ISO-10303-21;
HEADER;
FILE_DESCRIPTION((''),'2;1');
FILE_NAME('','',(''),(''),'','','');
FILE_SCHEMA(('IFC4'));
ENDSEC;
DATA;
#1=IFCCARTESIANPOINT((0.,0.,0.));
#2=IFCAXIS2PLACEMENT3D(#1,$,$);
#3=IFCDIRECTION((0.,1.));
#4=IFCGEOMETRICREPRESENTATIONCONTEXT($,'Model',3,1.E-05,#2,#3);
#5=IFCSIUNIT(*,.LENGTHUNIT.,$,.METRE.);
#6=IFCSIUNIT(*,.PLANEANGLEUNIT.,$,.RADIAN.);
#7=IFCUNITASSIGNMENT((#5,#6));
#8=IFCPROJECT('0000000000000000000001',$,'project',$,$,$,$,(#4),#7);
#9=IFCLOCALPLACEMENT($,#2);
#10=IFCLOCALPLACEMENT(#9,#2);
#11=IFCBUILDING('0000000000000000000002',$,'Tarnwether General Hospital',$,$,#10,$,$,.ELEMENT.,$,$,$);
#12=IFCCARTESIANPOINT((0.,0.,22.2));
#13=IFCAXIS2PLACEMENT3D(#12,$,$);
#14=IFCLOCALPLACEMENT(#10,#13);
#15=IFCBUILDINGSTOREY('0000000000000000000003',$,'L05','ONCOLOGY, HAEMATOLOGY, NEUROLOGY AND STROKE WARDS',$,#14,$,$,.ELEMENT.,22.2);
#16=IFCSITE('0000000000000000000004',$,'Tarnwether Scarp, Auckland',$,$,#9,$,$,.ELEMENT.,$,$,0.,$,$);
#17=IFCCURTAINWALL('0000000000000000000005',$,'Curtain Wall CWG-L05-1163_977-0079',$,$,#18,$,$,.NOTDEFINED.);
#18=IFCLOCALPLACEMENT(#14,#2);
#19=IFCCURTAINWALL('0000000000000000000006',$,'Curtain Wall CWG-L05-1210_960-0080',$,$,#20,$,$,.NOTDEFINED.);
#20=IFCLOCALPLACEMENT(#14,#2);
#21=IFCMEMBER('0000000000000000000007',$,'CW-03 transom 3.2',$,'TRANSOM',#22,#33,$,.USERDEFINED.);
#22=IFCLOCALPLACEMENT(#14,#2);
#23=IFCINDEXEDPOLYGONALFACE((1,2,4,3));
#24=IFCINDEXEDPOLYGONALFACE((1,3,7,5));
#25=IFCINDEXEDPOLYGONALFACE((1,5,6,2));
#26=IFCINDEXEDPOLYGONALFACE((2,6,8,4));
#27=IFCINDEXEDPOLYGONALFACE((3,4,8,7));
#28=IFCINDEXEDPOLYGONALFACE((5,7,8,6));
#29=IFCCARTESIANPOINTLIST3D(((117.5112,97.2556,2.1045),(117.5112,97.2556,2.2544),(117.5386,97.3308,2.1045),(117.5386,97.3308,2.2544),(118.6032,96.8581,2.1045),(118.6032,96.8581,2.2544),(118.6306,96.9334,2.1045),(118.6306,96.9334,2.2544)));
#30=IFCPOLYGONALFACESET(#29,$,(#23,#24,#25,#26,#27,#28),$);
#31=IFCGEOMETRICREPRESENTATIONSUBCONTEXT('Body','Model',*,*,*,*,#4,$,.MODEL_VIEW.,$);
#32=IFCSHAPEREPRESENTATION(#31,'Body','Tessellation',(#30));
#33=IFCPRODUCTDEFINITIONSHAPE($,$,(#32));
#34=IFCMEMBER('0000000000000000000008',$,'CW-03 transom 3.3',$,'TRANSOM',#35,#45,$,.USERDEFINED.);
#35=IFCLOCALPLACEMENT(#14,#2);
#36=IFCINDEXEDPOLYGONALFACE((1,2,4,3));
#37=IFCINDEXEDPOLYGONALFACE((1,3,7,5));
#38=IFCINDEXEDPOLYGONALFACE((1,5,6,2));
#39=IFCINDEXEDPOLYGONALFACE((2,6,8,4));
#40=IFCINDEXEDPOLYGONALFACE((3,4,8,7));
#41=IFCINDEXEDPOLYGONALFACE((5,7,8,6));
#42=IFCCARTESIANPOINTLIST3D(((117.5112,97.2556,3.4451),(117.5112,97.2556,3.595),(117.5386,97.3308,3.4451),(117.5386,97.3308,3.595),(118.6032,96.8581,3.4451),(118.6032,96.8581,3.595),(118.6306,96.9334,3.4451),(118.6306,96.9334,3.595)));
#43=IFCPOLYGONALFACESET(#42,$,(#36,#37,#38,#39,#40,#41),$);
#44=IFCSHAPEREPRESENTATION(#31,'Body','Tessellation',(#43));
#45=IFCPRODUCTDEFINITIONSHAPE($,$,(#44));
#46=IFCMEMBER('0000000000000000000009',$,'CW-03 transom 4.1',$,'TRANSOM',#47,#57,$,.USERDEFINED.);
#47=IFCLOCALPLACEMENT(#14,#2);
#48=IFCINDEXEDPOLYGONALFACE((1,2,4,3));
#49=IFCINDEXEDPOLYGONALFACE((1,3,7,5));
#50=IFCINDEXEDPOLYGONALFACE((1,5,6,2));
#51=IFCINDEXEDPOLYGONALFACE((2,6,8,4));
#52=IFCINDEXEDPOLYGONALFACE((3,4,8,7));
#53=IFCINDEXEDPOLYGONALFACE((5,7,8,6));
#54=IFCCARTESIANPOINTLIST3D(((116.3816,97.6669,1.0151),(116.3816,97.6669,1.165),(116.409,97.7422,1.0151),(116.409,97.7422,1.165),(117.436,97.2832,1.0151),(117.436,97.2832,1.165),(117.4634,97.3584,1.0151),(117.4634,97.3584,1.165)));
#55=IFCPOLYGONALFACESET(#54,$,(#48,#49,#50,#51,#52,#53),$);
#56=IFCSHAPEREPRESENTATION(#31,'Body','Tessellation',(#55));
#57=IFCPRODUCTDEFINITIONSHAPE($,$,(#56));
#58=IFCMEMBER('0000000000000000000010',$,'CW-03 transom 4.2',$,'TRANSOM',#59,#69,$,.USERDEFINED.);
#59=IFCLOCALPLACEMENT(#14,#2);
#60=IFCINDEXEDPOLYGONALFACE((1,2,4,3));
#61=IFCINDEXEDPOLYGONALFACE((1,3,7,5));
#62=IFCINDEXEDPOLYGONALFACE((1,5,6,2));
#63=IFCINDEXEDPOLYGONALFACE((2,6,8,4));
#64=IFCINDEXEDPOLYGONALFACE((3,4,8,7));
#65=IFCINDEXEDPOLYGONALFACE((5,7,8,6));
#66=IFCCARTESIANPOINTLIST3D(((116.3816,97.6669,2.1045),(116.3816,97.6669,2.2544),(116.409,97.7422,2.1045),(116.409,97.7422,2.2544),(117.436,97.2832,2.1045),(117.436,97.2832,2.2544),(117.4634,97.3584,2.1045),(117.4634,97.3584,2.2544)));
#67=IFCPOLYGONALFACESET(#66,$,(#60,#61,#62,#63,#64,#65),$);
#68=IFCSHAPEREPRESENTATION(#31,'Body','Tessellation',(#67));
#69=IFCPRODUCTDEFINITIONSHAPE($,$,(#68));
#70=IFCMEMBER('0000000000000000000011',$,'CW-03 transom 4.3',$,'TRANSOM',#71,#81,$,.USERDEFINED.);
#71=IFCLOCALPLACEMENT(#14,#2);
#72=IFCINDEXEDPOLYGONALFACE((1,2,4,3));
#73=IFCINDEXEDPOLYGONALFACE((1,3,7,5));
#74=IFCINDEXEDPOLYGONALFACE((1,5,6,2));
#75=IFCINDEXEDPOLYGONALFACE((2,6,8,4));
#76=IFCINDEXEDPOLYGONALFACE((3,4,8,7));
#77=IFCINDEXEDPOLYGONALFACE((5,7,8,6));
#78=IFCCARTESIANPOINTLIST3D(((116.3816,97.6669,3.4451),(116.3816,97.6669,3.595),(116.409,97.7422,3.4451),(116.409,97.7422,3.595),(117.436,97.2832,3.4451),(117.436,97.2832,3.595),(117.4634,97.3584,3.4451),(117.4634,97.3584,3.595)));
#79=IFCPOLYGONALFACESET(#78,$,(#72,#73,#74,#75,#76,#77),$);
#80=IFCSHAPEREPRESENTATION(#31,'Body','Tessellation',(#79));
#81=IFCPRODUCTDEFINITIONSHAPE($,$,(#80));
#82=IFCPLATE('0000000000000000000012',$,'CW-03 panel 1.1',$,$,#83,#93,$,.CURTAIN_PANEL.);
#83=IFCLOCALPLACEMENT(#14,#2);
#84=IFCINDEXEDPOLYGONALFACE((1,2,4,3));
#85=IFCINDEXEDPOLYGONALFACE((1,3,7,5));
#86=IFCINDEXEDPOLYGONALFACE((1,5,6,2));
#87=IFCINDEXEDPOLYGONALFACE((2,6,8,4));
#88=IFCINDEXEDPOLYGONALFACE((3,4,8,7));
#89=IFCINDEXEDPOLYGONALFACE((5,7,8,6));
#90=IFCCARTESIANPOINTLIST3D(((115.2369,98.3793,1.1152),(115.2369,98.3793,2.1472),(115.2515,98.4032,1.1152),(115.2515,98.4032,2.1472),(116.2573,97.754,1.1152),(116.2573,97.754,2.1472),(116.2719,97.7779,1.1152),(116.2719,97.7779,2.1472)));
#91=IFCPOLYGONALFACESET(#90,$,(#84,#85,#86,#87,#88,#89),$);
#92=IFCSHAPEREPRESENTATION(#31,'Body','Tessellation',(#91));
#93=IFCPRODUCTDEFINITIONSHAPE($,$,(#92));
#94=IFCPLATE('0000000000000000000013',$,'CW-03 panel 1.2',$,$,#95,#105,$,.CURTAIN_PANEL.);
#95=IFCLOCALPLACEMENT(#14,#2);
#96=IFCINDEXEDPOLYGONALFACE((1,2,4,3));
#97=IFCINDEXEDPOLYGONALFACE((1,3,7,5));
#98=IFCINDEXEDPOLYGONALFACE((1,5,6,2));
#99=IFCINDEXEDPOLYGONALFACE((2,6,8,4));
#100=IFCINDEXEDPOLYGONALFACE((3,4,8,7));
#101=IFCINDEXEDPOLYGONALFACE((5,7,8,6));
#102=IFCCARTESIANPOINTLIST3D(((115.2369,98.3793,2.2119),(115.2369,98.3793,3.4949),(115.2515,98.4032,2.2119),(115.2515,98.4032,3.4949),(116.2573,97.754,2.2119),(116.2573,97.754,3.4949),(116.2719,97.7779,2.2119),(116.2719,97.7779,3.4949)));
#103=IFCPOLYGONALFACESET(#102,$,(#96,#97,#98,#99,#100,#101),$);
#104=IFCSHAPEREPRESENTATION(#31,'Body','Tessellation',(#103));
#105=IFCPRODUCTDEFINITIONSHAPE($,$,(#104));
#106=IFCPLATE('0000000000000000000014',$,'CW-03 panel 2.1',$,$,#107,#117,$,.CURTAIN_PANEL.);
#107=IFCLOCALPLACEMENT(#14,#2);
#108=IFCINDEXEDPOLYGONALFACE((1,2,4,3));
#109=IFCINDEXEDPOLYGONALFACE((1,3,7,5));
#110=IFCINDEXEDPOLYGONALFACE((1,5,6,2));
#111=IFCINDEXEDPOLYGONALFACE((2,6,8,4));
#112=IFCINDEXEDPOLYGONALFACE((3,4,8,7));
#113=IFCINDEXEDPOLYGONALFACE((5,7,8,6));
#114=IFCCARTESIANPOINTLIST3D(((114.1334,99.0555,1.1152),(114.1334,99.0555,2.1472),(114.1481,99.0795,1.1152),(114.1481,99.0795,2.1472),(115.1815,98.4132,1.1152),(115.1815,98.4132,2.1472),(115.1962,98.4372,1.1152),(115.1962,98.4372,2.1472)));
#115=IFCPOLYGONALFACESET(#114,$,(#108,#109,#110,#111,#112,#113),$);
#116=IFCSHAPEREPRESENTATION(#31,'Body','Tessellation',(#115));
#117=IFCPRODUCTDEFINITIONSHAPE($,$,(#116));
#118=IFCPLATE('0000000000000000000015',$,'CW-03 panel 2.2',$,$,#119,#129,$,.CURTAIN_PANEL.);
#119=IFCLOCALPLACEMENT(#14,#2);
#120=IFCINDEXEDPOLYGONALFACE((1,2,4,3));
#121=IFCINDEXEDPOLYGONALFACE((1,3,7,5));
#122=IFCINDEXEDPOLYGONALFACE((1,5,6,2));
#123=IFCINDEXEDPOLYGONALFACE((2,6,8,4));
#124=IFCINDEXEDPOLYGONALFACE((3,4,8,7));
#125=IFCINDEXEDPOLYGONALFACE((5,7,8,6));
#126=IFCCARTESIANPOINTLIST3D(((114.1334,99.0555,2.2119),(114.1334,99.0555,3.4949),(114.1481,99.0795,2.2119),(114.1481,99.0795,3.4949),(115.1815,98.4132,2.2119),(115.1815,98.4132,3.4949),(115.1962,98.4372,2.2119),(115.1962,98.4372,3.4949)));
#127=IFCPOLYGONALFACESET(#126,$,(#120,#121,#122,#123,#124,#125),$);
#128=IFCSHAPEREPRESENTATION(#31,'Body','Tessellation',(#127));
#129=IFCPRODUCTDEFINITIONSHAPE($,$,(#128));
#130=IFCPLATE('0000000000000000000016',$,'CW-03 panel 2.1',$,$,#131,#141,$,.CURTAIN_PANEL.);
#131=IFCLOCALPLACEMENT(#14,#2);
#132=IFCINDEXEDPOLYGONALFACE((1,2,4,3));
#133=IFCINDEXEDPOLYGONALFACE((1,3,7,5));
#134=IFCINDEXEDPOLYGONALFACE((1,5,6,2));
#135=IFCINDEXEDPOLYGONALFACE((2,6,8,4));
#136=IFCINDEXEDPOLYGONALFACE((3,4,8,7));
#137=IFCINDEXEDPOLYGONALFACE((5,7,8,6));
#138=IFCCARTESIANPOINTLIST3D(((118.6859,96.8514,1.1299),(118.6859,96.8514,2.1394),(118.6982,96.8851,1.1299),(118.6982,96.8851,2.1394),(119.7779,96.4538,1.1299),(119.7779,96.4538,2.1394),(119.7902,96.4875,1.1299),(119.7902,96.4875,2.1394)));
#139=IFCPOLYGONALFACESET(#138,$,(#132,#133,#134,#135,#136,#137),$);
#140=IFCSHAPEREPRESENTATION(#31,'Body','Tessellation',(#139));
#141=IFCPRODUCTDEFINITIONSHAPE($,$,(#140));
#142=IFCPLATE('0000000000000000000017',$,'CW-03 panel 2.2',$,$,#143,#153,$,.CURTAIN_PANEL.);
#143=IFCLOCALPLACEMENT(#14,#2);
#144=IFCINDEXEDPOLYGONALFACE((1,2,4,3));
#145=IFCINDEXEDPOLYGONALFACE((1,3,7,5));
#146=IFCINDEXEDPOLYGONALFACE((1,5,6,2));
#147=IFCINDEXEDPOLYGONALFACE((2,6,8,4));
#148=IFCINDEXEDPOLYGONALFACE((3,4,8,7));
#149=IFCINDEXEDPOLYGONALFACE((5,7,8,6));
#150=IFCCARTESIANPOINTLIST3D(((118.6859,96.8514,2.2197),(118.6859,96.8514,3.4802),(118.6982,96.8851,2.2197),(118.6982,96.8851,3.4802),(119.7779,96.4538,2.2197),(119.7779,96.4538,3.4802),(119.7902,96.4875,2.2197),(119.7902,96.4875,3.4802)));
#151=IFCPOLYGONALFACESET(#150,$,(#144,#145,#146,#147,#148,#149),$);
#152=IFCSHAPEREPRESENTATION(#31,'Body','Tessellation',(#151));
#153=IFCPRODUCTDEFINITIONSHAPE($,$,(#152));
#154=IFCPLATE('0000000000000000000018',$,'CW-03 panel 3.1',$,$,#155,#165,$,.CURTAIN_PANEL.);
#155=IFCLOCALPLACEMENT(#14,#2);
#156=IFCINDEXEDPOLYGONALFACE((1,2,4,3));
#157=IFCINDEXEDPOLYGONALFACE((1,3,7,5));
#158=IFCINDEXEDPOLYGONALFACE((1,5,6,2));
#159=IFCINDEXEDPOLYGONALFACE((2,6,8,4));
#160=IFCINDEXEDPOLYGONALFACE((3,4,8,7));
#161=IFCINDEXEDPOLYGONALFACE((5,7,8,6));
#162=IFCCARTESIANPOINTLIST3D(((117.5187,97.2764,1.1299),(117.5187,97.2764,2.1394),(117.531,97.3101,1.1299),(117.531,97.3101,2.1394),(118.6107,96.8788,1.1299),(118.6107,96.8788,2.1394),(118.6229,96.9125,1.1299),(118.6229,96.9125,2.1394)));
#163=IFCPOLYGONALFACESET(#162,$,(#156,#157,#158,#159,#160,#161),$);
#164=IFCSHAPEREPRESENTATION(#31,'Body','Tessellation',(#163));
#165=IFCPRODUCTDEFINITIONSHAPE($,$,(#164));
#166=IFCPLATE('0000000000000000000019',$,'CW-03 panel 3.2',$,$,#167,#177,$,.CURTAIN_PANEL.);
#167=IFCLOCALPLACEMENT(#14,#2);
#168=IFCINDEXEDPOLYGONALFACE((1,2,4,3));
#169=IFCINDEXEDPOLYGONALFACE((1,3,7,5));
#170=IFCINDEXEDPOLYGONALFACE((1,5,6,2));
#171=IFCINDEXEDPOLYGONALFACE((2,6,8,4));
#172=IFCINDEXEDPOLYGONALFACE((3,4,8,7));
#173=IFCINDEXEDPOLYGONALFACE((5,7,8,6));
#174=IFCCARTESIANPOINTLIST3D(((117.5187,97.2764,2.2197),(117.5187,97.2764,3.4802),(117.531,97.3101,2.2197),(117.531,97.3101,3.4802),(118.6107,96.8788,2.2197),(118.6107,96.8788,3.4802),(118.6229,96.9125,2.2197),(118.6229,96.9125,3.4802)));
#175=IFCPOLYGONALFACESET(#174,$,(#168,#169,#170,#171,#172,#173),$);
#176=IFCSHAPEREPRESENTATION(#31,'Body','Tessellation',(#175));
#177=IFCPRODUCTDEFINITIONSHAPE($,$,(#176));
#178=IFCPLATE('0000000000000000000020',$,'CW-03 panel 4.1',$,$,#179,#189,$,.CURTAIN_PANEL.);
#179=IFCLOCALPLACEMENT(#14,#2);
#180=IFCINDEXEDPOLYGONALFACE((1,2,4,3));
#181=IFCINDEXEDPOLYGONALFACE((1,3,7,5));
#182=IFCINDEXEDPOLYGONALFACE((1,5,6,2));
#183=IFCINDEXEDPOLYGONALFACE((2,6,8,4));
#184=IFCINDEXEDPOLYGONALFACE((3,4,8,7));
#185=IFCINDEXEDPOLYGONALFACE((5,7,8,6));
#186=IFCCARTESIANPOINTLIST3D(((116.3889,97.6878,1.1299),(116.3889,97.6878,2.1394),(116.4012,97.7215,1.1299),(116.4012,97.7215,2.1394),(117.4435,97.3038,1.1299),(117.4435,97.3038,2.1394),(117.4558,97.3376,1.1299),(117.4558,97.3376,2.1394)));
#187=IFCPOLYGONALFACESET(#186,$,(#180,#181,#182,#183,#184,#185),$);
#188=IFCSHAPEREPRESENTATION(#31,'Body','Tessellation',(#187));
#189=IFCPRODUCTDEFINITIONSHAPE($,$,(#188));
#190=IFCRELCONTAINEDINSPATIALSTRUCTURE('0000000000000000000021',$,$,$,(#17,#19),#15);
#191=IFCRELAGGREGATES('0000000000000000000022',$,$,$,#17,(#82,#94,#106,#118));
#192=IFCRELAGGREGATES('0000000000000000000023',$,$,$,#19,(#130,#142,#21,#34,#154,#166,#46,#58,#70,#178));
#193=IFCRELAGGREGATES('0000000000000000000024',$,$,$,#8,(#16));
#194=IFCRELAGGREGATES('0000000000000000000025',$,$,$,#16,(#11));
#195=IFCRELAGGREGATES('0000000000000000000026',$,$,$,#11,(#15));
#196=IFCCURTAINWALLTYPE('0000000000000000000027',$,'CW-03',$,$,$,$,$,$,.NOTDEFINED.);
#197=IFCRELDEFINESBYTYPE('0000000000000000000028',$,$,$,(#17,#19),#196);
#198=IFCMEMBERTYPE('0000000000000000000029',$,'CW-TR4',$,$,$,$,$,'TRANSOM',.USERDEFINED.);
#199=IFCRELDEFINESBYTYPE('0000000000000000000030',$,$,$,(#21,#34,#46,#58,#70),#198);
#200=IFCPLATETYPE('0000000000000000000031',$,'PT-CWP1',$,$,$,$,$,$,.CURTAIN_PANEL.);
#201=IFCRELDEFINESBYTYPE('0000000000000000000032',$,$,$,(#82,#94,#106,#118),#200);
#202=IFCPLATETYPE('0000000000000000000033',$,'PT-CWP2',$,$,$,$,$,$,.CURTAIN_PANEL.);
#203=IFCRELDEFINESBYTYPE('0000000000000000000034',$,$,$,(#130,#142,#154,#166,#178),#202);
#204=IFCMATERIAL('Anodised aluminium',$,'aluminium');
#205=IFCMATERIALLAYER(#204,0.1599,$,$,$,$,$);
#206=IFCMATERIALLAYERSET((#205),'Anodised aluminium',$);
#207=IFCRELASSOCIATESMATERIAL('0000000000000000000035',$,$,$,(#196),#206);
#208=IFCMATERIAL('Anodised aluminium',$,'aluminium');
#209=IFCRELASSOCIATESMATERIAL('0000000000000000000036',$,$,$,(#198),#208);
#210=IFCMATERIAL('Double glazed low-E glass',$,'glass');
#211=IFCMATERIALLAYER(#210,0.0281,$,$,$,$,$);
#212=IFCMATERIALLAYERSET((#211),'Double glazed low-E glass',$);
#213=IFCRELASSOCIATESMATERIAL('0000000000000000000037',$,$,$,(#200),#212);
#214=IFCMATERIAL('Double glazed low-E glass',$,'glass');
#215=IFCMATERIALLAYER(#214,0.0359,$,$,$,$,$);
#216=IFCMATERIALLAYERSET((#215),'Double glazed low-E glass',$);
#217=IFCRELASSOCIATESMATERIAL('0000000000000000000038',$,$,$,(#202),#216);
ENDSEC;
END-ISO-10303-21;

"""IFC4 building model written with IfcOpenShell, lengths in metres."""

from ifc_helpers import new_model, si_unit, direction, frame, origin, origin_2d, place, context, subcontext, project, spatial, rectangle, extrude, material, layer, layer_set, material_profile, profile_set, type_object, element, aggregate, save


model = new_model("IFC4")

# Units and contexts
model_context = context("Model", 3, precision=1e-05, world=origin(), true_north=direction((0.0, 1.0)))
body_context = subcontext(model_context, "Body", "Model", "MODEL_VIEW")
ifc_project = project(units=[si_unit("LENGTHUNIT", "METRE"), si_unit("PLANEANGLEUNIT", "RADIAN")], contexts=[model_context])

# Site, building, storey
site_placement = place(None, origin())
site = spatial("IfcSite", under=ifc_project, at=site_placement, Name="Tarnwether Scarp, Auckland", CompositionType="ELEMENT", RefElevation=0.0)
building_placement = place(site_placement, origin())
building = spatial("IfcBuilding", under=site, at=building_placement, Name="Tarnwether General Hospital", CompositionType="ELEMENT")
storey_placement = place(building_placement, frame((0.0, 0.0, 22.2)))
storey = spatial("IfcBuildingStorey", under=building, at=storey_placement, Name="L05", Description="ONCOLOGY, HAEMATOLOGY, NEUROLOGY AND STROKE WARDS", CompositionType="ELEMENT", Elevation=22.2)

# Curtain walls
ifc_material_1 = material(Name="Anodised aluminium", Category="aluminium")
ifc_layer_1 = layer(ifc_material_1, 0.1599)
ifc_layer_set_1 = layer_set([ifc_layer_1], Name="Anodised aluminium")
curtain_wall_type = type_object("IfcCurtainWallType", Name="CW-03", PredefinedType="NOTDEFINED", material=ifc_layer_set_1)
curtain_wall_1_placement = place(storey_placement, origin())
curtain_wall_1 = element("IfcCurtainWall", 1, at=curtain_wall_1_placement, inside=storey, type_object=curtain_wall_type, Name="Curtain Wall CWG-L05-1163_977-0079", PredefinedType="NOTDEFINED")
curtain_wall_2_placement = place(storey_placement, origin())
curtain_wall_2 = element("IfcCurtainWall", 2, at=curtain_wall_2_placement, inside=storey, type_object=curtain_wall_type, Name="Curtain Wall CWG-L05-1210_960-0080", PredefinedType="NOTDEFINED")

# Members
ifc_material_2 = material(Name="Anodised aluminium", Category="aluminium")
ifc_material_profile_1 = material_profile(ifc_material_2, rectangle(XDim=0.0801, YDim=0.1499, at=origin_2d()), Name="ALU-TRN-80x150")
ifc_profile_set_1 = profile_set([ifc_material_profile_1], Name="Anodised aluminium")
member_type_1 = type_object("IfcMemberType", Name="CW-TR4", ElementType="TRANSOM", PredefinedType="USERDEFINED", material=ifc_profile_set_1)
member_1_placement = place(storey_placement, frame((118.6169, 96.8958, 2.1794), z_axis=(-0.939695, 0.342013, 0.0), x_axis=(-0.342013, -0.939695, 0.0)))
member_1 = element("IfcMember", 3, at=member_1_placement, type_object=member_type_1, Name="CW-03 transom 3.2", ObjectType="TRANSOM", PredefinedType="USERDEFINED", context=body_context, shape_type="SweptSolid", body=[
    extrude(rectangle(XDim=0.0801, YDim=0.1499, at=origin_2d()), origin(), (0.0, 0.0, 1.0), 1.1621),
])
member_2_placement = place(storey_placement, frame((118.6169, 96.8958, 3.52), z_axis=(-0.939695, 0.342013, 0.0), x_axis=(-0.342013, -0.939695, 0.0)))
member_2 = element("IfcMember", 4, at=member_2_placement, type_object=member_type_1, Name="CW-03 transom 3.3", ObjectType="TRANSOM", PredefinedType="USERDEFINED", context=body_context, shape_type="SweptSolid", body=[
    extrude(rectangle(XDim=0.0801, YDim=0.1499, at=origin_2d()), origin(), (0.0, 0.0, 1.0), 1.1621),
])
member_3_placement = place(storey_placement, frame((117.4497, 97.3208, 1.0901), z_axis=(-0.939692, 0.342023, 0.0), x_axis=(-0.342023, -0.939692, 0.0)))
member_3 = element("IfcMember", 5, at=member_3_placement, type_object=member_type_1, Name="CW-03 transom 4.1", ObjectType="TRANSOM", PredefinedType="USERDEFINED", context=body_context, shape_type="SweptSolid", body=[
    extrude(rectangle(XDim=0.0801, YDim=0.1499, at=origin_2d()), origin(), (0.0, 0.0, 1.0), 1.1221),
])
member_4_placement = place(storey_placement, frame((117.4497, 97.3208, 2.1794), z_axis=(-0.939692, 0.342023, 0.0), x_axis=(-0.342023, -0.939692, 0.0)))
member_4 = element("IfcMember", 6, at=member_4_placement, type_object=member_type_1, Name="CW-03 transom 4.2", ObjectType="TRANSOM", PredefinedType="USERDEFINED", context=body_context, shape_type="SweptSolid", body=[
    extrude(rectangle(XDim=0.0801, YDim=0.1499, at=origin_2d()), origin(), (0.0, 0.0, 1.0), 1.1221),
])
member_5_placement = place(storey_placement, frame((117.4497, 97.3208, 3.52), z_axis=(-0.939692, 0.342023, 0.0), x_axis=(-0.342023, -0.939692, 0.0)))
member_5 = element("IfcMember", 7, at=member_5_placement, type_object=member_type_1, Name="CW-03 transom 4.3", ObjectType="TRANSOM", PredefinedType="USERDEFINED", context=body_context, shape_type="SweptSolid", body=[
    extrude(rectangle(XDim=0.0801, YDim=0.1499, at=origin_2d()), origin(), (0.0, 0.0, 1.0), 1.1221),
])

# Plates
ifc_material_3 = material(Name="Double glazed low-E glass", Category="glass")
ifc_layer_2 = layer(ifc_material_3, 0.0281)
ifc_layer_set_2 = layer_set([ifc_layer_2], Name="Double glazed low-E glass")
plate_type_1 = type_object("IfcPlateType", Name="PT-CWP1", PredefinedType="CURTAIN_PANEL", material=ifc_layer_set_2)
plate_1_placement = place(storey_placement, frame((115.7544, 98.0786, 1.1152), z_axis=(0.0, 0.0, 1.0), x_axis=(-0.852632, 0.522512, 0.0)))
plate_1 = element("IfcPlate", 8, at=plate_1_placement, type_object=plate_type_1, Name="CW-03 panel 1.1", PredefinedType="CURTAIN_PANEL", context=body_context, shape_type="SweptSolid", body=[
    extrude(rectangle(XDim=1.1968, YDim=0.0281, at=origin_2d()), origin(), (0.0, 0.0, 1.0), 1.032),
])
plate_2_placement = place(storey_placement, frame((115.7544, 98.0786, 2.2119), z_axis=(0.0, 0.0, 1.0), x_axis=(-0.852632, 0.522512, 0.0)))
plate_2 = element("IfcPlate", 9, at=plate_2_placement, type_object=plate_type_1, Name="CW-03 panel 1.2", PredefinedType="CURTAIN_PANEL", context=body_context, shape_type="SweptSolid", body=[
    extrude(rectangle(XDim=1.1968, YDim=0.0281, at=origin_2d()), origin(), (0.0, 0.0, 1.0), 1.283),
])
plate_3_placement = place(storey_placement, frame((114.6648, 98.7463, 1.1152), z_axis=(0.0, 0.0, 1.0), x_axis=(-0.852632, 0.522512, 0.0)))
plate_3 = element("IfcPlate", 10, at=plate_3_placement, type_object=plate_type_1, Name="CW-03 panel 2.1", PredefinedType="CURTAIN_PANEL", context=body_context, shape_type="SweptSolid", body=[
    extrude(rectangle(XDim=1.2292, YDim=0.0281, at=origin_2d()), origin(), (0.0, 0.0, 1.0), 1.032),
])
plate_4_placement = place(storey_placement, frame((114.6648, 98.7463, 2.2119), z_axis=(0.0, 0.0, 1.0), x_axis=(-0.852632, 0.522512, 0.0)))
plate_4 = element("IfcPlate", 11, at=plate_4_placement, type_object=plate_type_1, Name="CW-03 panel 2.2", PredefinedType="CURTAIN_PANEL", context=body_context, shape_type="SweptSolid", body=[
    extrude(rectangle(XDim=1.2292, YDim=0.0281, at=origin_2d()), origin(), (0.0, 0.0, 1.0), 1.283),
])
aggregate(curtain_wall_1, [plate_1, plate_2, plate_3, plate_4])
ifc_material_4 = material(Name="Double glazed low-E glass", Category="glass")
ifc_layer_3 = layer(ifc_material_4, 0.0359)
ifc_layer_set_3 = layer_set([ifc_layer_3], Name="Double glazed low-E glass")
plate_type_2 = type_object("IfcPlateType", Name="PT-CWP2", PredefinedType="CURTAIN_PANEL", material=ifc_layer_set_3)
plate_5_placement = place(storey_placement, frame((119.238, 96.6694, 1.1299), z_axis=(0.0, 0.0, 1.0), x_axis=(-0.939652, 0.342131, 0.0)))
plate_5 = element("IfcPlate", 12, at=plate_5_placement, type_object=plate_type_2, Name="CW-03 panel 2.1", PredefinedType="CURTAIN_PANEL", context=body_context, shape_type="SweptSolid", body=[
    extrude(rectangle(XDim=1.1621, YDim=0.0359, at=origin_2d()), origin(), (0.0, 0.0, 1.0), 1.0095),
])
plate_6_placement = place(storey_placement, frame((119.238, 96.6694, 2.2197), z_axis=(0.0, 0.0, 1.0), x_axis=(-0.939652, 0.342131, 0.0)))
plate_6 = element("IfcPlate", 13, at=plate_6_placement, type_object=plate_type_2, Name="CW-03 panel 2.2", PredefinedType="CURTAIN_PANEL", context=body_context, shape_type="SweptSolid", body=[
    extrude(rectangle(XDim=1.1621, YDim=0.0359, at=origin_2d()), origin(), (0.0, 0.0, 1.0), 1.2605),
])
plate_7_placement = place(storey_placement, frame((118.0708, 97.0945, 1.1299), z_axis=(0.0, 0.0, 1.0), x_axis=(-0.939652, 0.342131, 0.0)))
plate_7 = element("IfcPlate", 14, at=plate_7_placement, type_object=plate_type_2, Name="CW-03 panel 3.1", PredefinedType="CURTAIN_PANEL", context=body_context, shape_type="SweptSolid", body=[
    extrude(rectangle(XDim=1.1621, YDim=0.0359, at=origin_2d()), origin(), (0.0, 0.0, 1.0), 1.0095),
])
plate_8_placement = place(storey_placement, frame((118.0708, 97.0945, 2.2197), z_axis=(0.0, 0.0, 1.0), x_axis=(-0.939652, 0.342131, 0.0)))
plate_8 = element("IfcPlate", 15, at=plate_8_placement, type_object=plate_type_2, Name="CW-03 panel 3.2", PredefinedType="CURTAIN_PANEL", context=body_context, shape_type="SweptSolid", body=[
    extrude(rectangle(XDim=1.1621, YDim=0.0359, at=origin_2d()), origin(), (0.0, 0.0, 1.0), 1.2605),
])
plate_9_placement = place(storey_placement, frame((116.9224, 97.5127, 1.1299), z_axis=(0.0, 0.0, 1.0), x_axis=(-0.939652, 0.342131, 0.0)))
plate_9 = element("IfcPlate", 16, at=plate_9_placement, type_object=plate_type_2, Name="CW-03 panel 4.1", PredefinedType="CURTAIN_PANEL", context=body_context, shape_type="SweptSolid", body=[
    extrude(rectangle(XDim=1.1223, YDim=0.0359, at=origin_2d()), origin(), (0.0, 0.0, 1.0), 1.0095),
])
aggregate(curtain_wall_2, [plate_5, plate_6, member_1, member_2, plate_7, plate_8, member_3, member_4, member_5, plate_9])

save(model, "model.ifc")
